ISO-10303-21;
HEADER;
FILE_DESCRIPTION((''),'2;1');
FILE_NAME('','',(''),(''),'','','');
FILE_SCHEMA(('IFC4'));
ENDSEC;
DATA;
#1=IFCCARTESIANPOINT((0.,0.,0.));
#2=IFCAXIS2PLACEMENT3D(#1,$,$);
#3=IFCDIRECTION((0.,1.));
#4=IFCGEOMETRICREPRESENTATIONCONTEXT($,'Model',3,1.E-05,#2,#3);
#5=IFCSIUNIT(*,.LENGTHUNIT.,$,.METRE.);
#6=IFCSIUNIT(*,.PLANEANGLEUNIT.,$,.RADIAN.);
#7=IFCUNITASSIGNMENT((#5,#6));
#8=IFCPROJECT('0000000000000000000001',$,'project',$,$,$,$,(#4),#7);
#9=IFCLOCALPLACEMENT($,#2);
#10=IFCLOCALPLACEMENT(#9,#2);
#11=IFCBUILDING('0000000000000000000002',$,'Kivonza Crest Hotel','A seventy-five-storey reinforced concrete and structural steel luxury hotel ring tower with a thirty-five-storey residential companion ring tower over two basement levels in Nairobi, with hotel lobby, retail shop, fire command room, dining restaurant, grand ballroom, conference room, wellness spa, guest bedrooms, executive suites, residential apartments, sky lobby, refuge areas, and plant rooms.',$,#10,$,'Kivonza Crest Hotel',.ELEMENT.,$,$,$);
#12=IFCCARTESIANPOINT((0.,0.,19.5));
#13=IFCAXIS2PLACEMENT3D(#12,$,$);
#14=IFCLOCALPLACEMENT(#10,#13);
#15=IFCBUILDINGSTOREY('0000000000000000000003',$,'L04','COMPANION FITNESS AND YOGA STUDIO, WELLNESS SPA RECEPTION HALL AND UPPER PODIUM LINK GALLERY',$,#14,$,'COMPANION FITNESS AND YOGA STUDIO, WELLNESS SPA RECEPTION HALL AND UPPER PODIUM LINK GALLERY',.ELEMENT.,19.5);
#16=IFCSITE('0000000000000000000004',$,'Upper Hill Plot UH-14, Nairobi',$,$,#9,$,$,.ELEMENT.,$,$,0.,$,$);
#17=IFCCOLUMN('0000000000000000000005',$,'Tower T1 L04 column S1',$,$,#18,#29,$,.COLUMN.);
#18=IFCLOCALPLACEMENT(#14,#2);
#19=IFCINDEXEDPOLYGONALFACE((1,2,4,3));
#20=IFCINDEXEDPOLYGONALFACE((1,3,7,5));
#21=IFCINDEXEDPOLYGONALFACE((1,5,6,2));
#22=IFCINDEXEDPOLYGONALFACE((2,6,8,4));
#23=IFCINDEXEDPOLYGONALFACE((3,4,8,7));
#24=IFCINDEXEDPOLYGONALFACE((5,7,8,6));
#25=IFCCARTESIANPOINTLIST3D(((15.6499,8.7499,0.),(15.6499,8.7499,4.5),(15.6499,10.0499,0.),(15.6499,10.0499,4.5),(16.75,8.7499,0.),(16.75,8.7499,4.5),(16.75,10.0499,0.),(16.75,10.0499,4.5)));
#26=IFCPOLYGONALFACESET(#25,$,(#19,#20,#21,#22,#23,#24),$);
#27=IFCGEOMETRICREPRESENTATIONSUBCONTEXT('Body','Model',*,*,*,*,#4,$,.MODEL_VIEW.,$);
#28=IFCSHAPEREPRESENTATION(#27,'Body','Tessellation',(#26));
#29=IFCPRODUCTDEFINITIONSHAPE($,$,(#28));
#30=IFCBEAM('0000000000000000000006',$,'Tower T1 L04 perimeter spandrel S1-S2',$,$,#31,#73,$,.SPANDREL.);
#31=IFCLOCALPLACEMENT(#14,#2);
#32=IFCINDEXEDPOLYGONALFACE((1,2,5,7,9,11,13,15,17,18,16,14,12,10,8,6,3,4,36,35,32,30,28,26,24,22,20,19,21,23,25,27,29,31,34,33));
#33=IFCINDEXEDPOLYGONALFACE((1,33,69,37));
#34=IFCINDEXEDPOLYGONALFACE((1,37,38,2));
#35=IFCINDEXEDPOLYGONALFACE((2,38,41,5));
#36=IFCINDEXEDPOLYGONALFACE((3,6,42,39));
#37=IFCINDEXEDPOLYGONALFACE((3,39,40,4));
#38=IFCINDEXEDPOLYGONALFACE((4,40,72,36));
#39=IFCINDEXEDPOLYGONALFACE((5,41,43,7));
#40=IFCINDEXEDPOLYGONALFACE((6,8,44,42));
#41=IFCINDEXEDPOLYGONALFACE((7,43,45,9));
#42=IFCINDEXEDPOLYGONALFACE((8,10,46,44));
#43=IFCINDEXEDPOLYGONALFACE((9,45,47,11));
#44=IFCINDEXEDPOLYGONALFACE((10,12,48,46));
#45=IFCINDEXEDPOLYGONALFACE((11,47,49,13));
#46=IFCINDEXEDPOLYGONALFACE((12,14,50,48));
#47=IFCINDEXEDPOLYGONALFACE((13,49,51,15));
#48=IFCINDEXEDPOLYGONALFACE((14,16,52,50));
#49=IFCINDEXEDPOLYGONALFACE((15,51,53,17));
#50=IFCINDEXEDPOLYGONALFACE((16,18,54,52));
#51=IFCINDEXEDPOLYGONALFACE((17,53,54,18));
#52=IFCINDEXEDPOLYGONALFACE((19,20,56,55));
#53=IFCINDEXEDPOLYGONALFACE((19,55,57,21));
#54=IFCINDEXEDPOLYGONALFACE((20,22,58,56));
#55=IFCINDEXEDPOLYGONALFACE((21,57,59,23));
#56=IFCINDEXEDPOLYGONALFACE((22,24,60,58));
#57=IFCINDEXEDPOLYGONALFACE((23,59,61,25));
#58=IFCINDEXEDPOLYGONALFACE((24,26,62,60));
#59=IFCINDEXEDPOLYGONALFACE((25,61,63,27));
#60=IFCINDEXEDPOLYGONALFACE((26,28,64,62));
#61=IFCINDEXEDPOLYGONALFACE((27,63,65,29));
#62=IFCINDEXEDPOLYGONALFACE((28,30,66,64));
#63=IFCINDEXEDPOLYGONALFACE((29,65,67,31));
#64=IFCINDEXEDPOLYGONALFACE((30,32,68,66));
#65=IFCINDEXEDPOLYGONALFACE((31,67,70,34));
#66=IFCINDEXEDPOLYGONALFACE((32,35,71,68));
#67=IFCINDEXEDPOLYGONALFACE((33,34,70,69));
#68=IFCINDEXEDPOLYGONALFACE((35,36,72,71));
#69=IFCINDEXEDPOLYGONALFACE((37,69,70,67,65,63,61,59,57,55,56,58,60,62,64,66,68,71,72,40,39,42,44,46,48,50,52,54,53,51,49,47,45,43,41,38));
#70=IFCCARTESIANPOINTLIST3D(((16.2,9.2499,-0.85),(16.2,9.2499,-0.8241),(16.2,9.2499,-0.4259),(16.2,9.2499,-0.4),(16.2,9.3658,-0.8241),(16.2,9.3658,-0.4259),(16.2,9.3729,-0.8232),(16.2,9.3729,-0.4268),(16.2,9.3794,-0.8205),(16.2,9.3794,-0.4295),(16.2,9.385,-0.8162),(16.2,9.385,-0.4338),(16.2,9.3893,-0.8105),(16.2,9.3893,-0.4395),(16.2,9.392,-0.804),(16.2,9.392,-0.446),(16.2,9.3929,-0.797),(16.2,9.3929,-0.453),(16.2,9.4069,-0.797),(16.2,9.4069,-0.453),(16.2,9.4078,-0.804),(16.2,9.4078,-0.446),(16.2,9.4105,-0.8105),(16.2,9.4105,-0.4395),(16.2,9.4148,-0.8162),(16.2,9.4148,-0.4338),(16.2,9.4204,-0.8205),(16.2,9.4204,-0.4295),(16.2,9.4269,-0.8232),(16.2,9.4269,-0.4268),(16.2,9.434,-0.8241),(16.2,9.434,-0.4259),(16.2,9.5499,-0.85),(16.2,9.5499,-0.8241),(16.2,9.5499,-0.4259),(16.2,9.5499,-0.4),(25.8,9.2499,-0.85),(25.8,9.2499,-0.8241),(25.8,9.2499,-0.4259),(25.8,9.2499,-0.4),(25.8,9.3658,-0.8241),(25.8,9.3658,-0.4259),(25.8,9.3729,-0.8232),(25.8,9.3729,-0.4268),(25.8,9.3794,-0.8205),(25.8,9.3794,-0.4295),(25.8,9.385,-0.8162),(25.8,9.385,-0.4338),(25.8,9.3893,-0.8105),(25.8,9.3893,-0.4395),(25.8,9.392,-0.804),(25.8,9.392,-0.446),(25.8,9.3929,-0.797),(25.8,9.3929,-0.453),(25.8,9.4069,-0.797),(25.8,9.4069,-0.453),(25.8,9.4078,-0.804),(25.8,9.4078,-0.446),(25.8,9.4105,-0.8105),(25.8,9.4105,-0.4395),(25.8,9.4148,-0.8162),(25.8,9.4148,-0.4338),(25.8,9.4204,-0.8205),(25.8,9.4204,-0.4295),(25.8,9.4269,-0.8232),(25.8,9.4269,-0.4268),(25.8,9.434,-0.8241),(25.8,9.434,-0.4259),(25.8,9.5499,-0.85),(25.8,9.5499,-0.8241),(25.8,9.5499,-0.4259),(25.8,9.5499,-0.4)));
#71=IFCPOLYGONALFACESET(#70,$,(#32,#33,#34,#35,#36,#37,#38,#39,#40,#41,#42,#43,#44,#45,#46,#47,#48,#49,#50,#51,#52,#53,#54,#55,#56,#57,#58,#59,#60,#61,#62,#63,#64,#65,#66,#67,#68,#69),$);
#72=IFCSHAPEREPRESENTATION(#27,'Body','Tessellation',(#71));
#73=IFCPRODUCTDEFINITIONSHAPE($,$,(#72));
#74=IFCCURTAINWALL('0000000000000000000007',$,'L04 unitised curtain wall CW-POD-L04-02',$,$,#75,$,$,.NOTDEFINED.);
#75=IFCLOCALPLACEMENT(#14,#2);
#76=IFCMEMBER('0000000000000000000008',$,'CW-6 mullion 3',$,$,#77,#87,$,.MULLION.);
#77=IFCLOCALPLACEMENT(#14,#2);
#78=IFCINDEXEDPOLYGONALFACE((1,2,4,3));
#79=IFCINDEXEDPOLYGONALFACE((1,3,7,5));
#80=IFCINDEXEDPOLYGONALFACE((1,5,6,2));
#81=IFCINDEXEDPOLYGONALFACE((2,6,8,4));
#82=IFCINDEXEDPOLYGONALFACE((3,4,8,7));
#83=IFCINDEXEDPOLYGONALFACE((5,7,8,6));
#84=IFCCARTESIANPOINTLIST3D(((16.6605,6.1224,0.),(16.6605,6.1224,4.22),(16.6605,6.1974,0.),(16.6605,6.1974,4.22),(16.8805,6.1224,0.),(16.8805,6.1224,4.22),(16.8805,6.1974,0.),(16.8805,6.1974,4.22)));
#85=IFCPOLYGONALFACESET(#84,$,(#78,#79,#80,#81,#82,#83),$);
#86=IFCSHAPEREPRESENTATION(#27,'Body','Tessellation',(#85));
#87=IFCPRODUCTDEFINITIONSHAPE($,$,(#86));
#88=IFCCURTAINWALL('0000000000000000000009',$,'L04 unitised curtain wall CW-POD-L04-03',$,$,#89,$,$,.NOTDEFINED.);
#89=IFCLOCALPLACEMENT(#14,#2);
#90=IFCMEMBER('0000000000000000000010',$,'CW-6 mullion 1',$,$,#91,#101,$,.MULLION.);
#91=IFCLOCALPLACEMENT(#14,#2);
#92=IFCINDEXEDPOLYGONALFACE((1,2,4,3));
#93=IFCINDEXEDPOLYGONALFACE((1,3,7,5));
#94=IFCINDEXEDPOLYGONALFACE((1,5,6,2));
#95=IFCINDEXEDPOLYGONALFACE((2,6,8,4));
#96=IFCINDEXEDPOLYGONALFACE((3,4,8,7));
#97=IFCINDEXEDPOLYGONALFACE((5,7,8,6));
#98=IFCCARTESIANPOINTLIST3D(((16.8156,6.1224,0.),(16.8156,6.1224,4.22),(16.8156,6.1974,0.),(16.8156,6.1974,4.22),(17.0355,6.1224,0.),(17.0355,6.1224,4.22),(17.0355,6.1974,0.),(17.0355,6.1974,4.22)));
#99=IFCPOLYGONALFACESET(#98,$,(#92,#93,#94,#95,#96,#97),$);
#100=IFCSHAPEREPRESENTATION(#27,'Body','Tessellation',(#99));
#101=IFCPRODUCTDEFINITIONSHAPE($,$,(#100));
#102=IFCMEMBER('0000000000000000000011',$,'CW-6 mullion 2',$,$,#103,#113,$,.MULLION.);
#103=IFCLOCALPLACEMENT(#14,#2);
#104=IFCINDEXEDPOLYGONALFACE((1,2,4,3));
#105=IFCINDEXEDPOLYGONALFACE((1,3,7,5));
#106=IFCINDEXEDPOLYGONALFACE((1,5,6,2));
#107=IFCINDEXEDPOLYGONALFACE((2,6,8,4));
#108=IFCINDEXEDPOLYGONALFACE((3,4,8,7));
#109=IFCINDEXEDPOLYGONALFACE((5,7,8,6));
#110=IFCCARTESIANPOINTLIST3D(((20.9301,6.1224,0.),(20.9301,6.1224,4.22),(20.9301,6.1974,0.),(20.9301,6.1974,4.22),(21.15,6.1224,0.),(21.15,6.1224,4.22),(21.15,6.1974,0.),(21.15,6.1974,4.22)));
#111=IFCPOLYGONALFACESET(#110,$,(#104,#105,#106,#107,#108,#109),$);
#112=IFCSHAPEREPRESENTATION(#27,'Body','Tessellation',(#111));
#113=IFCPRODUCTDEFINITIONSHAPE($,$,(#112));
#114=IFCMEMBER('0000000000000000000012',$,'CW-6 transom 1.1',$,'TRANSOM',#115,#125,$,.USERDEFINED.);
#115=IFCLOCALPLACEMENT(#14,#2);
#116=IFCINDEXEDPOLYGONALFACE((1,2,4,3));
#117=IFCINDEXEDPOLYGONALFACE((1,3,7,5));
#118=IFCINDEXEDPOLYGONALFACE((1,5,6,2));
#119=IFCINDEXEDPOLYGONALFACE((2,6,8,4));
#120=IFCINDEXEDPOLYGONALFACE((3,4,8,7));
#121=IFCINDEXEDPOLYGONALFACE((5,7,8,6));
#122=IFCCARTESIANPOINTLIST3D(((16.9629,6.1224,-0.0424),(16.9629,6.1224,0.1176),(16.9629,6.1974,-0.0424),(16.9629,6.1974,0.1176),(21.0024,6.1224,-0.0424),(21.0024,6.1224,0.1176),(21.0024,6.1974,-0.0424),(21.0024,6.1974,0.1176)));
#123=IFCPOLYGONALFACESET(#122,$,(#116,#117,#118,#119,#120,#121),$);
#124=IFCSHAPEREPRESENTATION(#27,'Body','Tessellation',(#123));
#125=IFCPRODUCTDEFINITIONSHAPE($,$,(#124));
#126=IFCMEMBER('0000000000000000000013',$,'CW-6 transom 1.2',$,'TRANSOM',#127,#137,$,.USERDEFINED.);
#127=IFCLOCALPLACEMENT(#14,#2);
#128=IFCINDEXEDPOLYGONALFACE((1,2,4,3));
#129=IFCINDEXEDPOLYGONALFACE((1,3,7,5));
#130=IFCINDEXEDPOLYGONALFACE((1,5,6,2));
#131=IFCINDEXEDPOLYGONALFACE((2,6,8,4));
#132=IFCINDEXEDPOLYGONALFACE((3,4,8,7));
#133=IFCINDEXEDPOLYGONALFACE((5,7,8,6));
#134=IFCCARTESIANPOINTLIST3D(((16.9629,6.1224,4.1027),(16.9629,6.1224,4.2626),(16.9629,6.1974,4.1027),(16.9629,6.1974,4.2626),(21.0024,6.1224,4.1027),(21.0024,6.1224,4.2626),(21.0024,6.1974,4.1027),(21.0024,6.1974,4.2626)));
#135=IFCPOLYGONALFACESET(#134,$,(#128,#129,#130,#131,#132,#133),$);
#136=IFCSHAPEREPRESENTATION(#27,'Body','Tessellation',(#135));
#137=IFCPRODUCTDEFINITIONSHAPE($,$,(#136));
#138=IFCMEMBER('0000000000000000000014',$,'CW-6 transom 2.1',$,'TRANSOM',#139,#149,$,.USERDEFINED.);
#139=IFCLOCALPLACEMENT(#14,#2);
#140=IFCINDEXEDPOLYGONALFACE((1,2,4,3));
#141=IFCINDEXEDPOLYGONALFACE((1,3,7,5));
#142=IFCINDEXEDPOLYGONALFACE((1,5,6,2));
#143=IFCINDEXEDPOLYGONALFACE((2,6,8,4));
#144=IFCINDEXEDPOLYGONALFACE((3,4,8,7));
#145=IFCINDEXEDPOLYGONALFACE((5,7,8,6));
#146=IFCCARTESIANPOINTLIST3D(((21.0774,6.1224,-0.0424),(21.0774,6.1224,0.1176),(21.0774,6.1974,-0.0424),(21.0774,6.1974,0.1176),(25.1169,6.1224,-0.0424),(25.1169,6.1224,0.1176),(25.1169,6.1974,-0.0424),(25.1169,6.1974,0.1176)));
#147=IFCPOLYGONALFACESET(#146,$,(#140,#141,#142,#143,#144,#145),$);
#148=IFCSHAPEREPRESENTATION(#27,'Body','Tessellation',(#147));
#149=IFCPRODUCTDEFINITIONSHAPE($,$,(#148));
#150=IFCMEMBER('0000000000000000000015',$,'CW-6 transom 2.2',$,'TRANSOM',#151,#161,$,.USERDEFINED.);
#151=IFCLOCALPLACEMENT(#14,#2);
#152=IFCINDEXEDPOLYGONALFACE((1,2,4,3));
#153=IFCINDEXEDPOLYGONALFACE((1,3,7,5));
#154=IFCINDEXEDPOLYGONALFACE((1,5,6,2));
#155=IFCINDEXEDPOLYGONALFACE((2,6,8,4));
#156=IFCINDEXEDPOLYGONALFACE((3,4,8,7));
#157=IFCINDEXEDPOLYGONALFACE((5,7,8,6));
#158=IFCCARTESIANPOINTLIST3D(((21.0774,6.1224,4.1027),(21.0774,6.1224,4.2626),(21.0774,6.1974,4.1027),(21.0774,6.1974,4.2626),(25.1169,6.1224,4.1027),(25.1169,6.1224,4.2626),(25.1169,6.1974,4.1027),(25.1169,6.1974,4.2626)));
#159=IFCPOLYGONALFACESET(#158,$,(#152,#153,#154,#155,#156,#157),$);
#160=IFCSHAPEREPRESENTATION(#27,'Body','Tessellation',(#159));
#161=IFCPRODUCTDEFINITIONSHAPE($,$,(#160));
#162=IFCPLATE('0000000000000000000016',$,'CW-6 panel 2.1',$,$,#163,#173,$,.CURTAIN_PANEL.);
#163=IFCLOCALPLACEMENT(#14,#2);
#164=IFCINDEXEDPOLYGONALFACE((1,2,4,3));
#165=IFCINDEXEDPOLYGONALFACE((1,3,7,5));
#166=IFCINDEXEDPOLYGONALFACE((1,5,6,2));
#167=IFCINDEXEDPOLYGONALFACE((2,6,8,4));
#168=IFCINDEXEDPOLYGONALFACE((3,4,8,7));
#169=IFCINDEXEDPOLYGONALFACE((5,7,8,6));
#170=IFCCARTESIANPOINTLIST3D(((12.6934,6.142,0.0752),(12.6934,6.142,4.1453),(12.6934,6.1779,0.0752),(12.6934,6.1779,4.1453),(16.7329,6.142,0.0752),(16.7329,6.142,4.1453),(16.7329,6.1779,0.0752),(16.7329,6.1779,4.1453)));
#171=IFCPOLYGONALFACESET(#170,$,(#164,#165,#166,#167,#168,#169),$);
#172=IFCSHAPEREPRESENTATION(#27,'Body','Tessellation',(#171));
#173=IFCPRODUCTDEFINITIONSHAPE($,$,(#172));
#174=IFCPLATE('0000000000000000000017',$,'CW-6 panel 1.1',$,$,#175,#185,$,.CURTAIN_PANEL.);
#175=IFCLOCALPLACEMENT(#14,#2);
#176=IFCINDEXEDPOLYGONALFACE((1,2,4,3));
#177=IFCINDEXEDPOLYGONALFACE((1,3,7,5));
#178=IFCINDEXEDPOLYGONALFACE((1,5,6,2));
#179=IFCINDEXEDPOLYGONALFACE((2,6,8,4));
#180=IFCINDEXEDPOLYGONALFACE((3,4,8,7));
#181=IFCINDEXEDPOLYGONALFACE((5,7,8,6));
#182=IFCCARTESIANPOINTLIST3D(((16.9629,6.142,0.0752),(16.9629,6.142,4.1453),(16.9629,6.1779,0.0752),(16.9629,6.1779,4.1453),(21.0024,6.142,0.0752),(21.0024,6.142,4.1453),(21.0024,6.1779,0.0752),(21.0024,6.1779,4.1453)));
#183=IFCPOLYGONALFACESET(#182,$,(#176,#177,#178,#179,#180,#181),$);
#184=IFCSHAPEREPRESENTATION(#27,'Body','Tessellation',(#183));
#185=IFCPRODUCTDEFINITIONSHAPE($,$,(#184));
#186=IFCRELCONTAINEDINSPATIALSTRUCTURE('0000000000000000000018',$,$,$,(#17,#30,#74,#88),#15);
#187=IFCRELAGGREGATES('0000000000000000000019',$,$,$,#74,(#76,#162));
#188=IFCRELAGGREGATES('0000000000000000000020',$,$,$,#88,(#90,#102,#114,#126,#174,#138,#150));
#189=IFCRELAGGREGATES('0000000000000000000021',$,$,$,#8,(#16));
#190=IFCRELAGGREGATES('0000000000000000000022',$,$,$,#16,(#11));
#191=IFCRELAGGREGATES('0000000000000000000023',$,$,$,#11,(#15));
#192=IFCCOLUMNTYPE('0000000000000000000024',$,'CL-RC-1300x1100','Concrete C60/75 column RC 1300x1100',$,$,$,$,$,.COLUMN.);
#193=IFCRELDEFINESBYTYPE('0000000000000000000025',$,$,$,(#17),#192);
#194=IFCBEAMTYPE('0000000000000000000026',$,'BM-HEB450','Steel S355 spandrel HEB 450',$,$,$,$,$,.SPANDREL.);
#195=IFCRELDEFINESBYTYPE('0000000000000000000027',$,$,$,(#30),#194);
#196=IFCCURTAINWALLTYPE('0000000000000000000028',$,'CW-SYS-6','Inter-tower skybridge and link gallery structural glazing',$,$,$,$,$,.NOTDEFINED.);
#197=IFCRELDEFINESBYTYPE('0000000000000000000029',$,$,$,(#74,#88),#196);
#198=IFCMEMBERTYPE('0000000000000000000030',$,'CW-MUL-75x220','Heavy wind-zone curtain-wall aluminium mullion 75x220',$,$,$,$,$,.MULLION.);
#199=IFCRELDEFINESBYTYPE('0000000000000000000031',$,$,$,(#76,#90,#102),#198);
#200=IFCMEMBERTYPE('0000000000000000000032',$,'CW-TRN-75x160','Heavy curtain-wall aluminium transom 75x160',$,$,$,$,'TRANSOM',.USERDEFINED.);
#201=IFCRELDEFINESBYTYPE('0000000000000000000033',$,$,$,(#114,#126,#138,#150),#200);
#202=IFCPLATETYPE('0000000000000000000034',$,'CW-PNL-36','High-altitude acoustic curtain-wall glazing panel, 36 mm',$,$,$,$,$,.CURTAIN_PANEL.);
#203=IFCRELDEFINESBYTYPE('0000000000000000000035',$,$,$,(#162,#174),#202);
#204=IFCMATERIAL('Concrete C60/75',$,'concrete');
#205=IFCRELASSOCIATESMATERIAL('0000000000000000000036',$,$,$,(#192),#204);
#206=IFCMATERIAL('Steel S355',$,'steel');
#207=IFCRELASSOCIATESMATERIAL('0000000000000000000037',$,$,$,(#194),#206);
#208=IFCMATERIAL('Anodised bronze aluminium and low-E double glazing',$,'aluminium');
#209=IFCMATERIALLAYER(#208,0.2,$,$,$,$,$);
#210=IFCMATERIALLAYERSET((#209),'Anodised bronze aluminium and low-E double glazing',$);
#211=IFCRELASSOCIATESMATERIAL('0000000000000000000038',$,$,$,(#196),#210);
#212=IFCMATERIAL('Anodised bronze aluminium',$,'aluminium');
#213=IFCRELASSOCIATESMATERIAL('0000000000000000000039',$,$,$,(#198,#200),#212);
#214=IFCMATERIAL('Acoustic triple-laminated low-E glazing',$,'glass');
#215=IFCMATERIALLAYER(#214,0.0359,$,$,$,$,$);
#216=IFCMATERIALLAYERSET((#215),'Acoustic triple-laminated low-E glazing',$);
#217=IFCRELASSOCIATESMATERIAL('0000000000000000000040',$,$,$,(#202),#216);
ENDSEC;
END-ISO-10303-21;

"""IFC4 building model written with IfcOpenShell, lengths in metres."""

from ifc_helpers import new_model, si_unit, direction, frame, origin, origin_2d, place, context, subcontext, project, spatial, rectangle, i_section, extrude, material, layer, layer_set, material_profile, profile_set, type_object, element, aggregate, save


model = new_model("IFC4")

# Units and contexts
model_context = context("Model", 3, precision=1e-05, world=origin(), true_north=direction((0.0, 1.0)))
body_context = subcontext(model_context, "Body", "Model", "MODEL_VIEW")
ifc_project = project(units=[si_unit("LENGTHUNIT", "METRE"), si_unit("PLANEANGLEUNIT", "RADIAN")], contexts=[model_context])

# Site, building, storey
site_placement = place(None, origin())
site = spatial("IfcSite", under=ifc_project, at=site_placement, Name="Upper Hill Plot UH-14, Nairobi", CompositionType="ELEMENT", RefElevation=0.0)
building_placement = place(site_placement, origin())
building = spatial("IfcBuilding", under=site, at=building_placement, Name="Kivonza Crest Hotel", Description="A seventy-five-storey reinforced concrete and structural steel luxury hotel ring tower with a thirty-five-storey residential companion ring tower over two basement levels in Nairobi, with hotel lobby, retail shop, fire command room, dining restaurant, grand ballroom, conference room, wellness spa, guest bedrooms, executive suites, residential apartments, sky lobby, refuge areas, and plant rooms.", LongName="Kivonza Crest Hotel", CompositionType="ELEMENT")
storey_placement = place(building_placement, frame((0.0, 0.0, 19.5)))
storey = spatial("IfcBuildingStorey", under=building, at=storey_placement, Name="L04", Description="COMPANION FITNESS AND YOGA STUDIO, WELLNESS SPA RECEPTION HALL AND UPPER PODIUM LINK GALLERY", LongName="COMPANION FITNESS AND YOGA STUDIO, WELLNESS SPA RECEPTION HALL AND UPPER PODIUM LINK GALLERY", CompositionType="ELEMENT", Elevation=19.5)

# Column
ifc_material_1 = material(Name="Concrete C60/75", Category="concrete")
ifc_material_profile_1 = material_profile(ifc_material_1, rectangle(XDim=1.1001, YDim=1.3, at=origin_2d()), Name="RC 1300x1100")
ifc_profile_set_1 = profile_set([ifc_material_profile_1], Name="Concrete C60/75")
column_type = type_object("IfcColumnType", Name="CL-RC-1300x1100", Description="Concrete C60/75 column RC 1300x1100", PredefinedType="COLUMN", material=ifc_profile_set_1)
column_placement = place(storey_placement, frame((16.2, 9.3999, 0.0), z_axis=(0.0, 0.0, 1.0), x_axis=(1.0, 0.0, 0.0)))
element("IfcColumn", 1, at=column_placement, inside=storey, type_object=column_type, Name="Tower T1 L04 column S1", PredefinedType="COLUMN", context=body_context, shape_type="SweptSolid", body=[
    extrude(rectangle(XDim=1.1001, YDim=1.3, at=origin_2d()), origin(), (0.0, 0.0, 1.0), 4.5),
])

# Beam
ifc_material_2 = material(Name="Steel S355", Category="steel")
ifc_material_profile_2 = material_profile(ifc_material_2, i_section(OverallWidth=0.3, OverallDepth=0.45, WebThickness=0.0139, FlangeThickness=0.0259, FilletRadius=0.0271, at=origin_2d()), Name="HEB 450")
ifc_profile_set_2 = profile_set([ifc_material_profile_2], Name="Steel S355")
beam_type = type_object("IfcBeamType", Name="BM-HEB450", Description="Steel S355 spandrel HEB 450", PredefinedType="SPANDREL", material=ifc_profile_set_2)
beam_placement = place(storey_placement, frame((16.2, 9.3999, -0.625), z_axis=(1.0, 0.0, 0.0), x_axis=(0.0, 1.0, 0.0)))
element("IfcBeam", 2, at=beam_placement, inside=storey, type_object=beam_type, Name="Tower T1 L04 perimeter spandrel S1-S2", PredefinedType="SPANDREL", context=body_context, shape_type="SweptSolid", body=[
    extrude(i_section(OverallWidth=0.3, OverallDepth=0.45, WebThickness=0.0139, FlangeThickness=0.0259, FilletRadius=0.0271, at=origin_2d()), origin(), (0.0, 0.0, 1.0), 9.6001),
])

# Curtain wall, member
ifc_material_3 = material(Name="Anodised bronze aluminium and low-E double glazing", Category="aluminium")
ifc_layer_1 = layer(ifc_material_3, 0.2)
ifc_layer_set_1 = layer_set([ifc_layer_1], Name="Anodised bronze aluminium and low-E double glazing")
curtain_wall_type = type_object("IfcCurtainWallType", Name="CW-SYS-6", Description="Inter-tower skybridge and link gallery structural glazing", PredefinedType="NOTDEFINED", material=ifc_layer_set_1)
curtain_wall_1_placement = place(storey_placement, origin())
curtain_wall_1 = element("IfcCurtainWall", 3, at=curtain_wall_1_placement, inside=storey, type_object=curtain_wall_type, Name="L04 unitised curtain wall CW-POD-L04-02", PredefinedType="NOTDEFINED")
ifc_material_4 = material(Name="Anodised bronze aluminium", Category="aluminium")
ifc_material_profile_3 = material_profile(ifc_material_4, rectangle(XDim=0.075, YDim=0.22, at=origin_2d()), Name="CW-M 75x220")
ifc_profile_set_3 = profile_set([ifc_material_profile_3], Name="Anodised bronze aluminium")
member_type_1 = type_object("IfcMemberType", Name="CW-MUL-75x220", Description="Heavy wind-zone curtain-wall aluminium mullion 75x220", PredefinedType="MULLION", material=ifc_profile_set_3)
member_1_placement = place(storey_placement, frame((16.7705, 6.1599, 0.0), z_axis=(0.0, 0.0, 1.0), x_axis=(0.0, 1.0, 0.0)))
member_1 = element("IfcMember", 4, at=member_1_placement, type_object=member_type_1, Name="CW-6 mullion 3", PredefinedType="MULLION", context=body_context, shape_type="SweptSolid", body=[
    extrude(rectangle(XDim=0.075, YDim=0.22, at=origin_2d()), origin(), (0.0, 0.0, 1.0), 4.22),
])

# Curtain wall, members
curtain_wall_2_placement = place(storey_placement, origin())
curtain_wall_2 = element("IfcCurtainWall", 5, at=curtain_wall_2_placement, inside=storey, type_object=curtain_wall_type, Name="L04 unitised curtain wall CW-POD-L04-03", PredefinedType="NOTDEFINED")
member_2_placement = place(storey_placement, frame((16.9255, 6.1599, 0.0), z_axis=(0.0, 0.0, 1.0), x_axis=(0.0, 1.0, 0.0)))
member_2 = element("IfcMember", 6, at=member_2_placement, type_object=member_type_1, Name="CW-6 mullion 1", PredefinedType="MULLION", context=body_context, shape_type="SweptSolid", body=[
    extrude(rectangle(XDim=0.075, YDim=0.22, at=origin_2d()), origin(), (0.0, 0.0, 1.0), 4.22),
])
member_3_placement = place(storey_placement, frame((21.04, 6.1599, 0.0), z_axis=(0.0, 0.0, 1.0), x_axis=(0.0, 1.0, 0.0)))
member_3 = element("IfcMember", 7, at=member_3_placement, type_object=member_type_1, Name="CW-6 mullion 2", PredefinedType="MULLION", context=body_context, shape_type="SweptSolid", body=[
    extrude(rectangle(XDim=0.075, YDim=0.22, at=origin_2d()), origin(), (0.0, 0.0, 1.0), 4.22),
])
ifc_material_profile_4 = material_profile(ifc_material_4, rectangle(XDim=0.075, YDim=0.1599, at=origin_2d()), Name="CW-T 75x160")
ifc_profile_set_4 = profile_set([ifc_material_profile_4], Name="Anodised bronze aluminium")
member_type_2 = type_object("IfcMemberType", Name="CW-TRN-75x160", Description="Heavy curtain-wall aluminium transom 75x160", ElementType="TRANSOM", PredefinedType="USERDEFINED", material=ifc_profile_set_4)
member_4_placement = place(storey_placement, frame((16.9629, 6.1599, 0.0376), z_axis=(1.0, 0.0, 0.0), x_axis=(0.0, 1.0, 0.0)))
member_4 = element("IfcMember", 8, at=member_4_placement, type_object=member_type_2, Name="CW-6 transom 1.1", ObjectType="TRANSOM", PredefinedType="USERDEFINED", context=body_context, shape_type="SweptSolid", body=[
    extrude(rectangle(XDim=0.075, YDim=0.1599, at=origin_2d()), origin(), (0.0, 0.0, 1.0), 4.0396),
])
member_5_placement = place(storey_placement, frame((16.9629, 6.1599, 4.1826), z_axis=(1.0, 0.0, 0.0), x_axis=(0.0, 1.0, 0.0)))
member_5 = element("IfcMember", 9, at=member_5_placement, type_object=member_type_2, Name="CW-6 transom 1.2", ObjectType="TRANSOM", PredefinedType="USERDEFINED", context=body_context, shape_type="SweptSolid", body=[
    extrude(rectangle(XDim=0.075, YDim=0.1599, at=origin_2d()), origin(), (0.0, 0.0, 1.0), 4.0396),
])
member_6_placement = place(storey_placement, frame((21.0774, 6.1599, 0.0376), z_axis=(1.0, 0.0, 0.0), x_axis=(0.0, 1.0, 0.0)))
member_6 = element("IfcMember", 10, at=member_6_placement, type_object=member_type_2, Name="CW-6 transom 2.1", ObjectType="TRANSOM", PredefinedType="USERDEFINED", context=body_context, shape_type="SweptSolid", body=[
    extrude(rectangle(XDim=0.075, YDim=0.1599, at=origin_2d()), origin(), (0.0, 0.0, 1.0), 4.0396),
])
member_7_placement = place(storey_placement, frame((21.0774, 6.1599, 4.1826), z_axis=(1.0, 0.0, 0.0), x_axis=(0.0, 1.0, 0.0)))
member_7 = element("IfcMember", 11, at=member_7_placement, type_object=member_type_2, Name="CW-6 transom 2.2", ObjectType="TRANSOM", PredefinedType="USERDEFINED", context=body_context, shape_type="SweptSolid", body=[
    extrude(rectangle(XDim=0.075, YDim=0.1599, at=origin_2d()), origin(), (0.0, 0.0, 1.0), 4.0396),
])

# Plates
ifc_material_5 = material(Name="Acoustic triple-laminated low-E glazing", Category="glass")
ifc_layer_2 = layer(ifc_material_5, 0.0359)
ifc_layer_set_2 = layer_set([ifc_layer_2], Name="Acoustic triple-laminated low-E glazing")
plate_type = type_object("IfcPlateType", Name="CW-PNL-36", Description="High-altitude acoustic curtain-wall glazing panel, 36 mm", PredefinedType="CURTAIN_PANEL", material=ifc_layer_set_2)
plate_1_placement = place(storey_placement, frame((14.7131, 6.1599, 0.0752), z_axis=(0.0, 0.0, 1.0), x_axis=(1.0, 0.0, 0.0)))
plate_1 = element("IfcPlate", 12, at=plate_1_placement, type_object=plate_type, Name="CW-6 panel 2.1", PredefinedType="CURTAIN_PANEL", context=body_context, shape_type="SweptSolid", body=[
    extrude(rectangle(XDim=4.0396, YDim=0.0359, at=origin_2d()), origin(), (0.0, 0.0, 1.0), 4.0701),
])
aggregate(curtain_wall_1, [member_1, plate_1])
plate_2_placement = place(storey_placement, frame((18.9827, 6.1599, 0.0752), z_axis=(0.0, 0.0, 1.0), x_axis=(1.0, 0.0, 0.0)))
plate_2 = element("IfcPlate", 13, at=plate_2_placement, type_object=plate_type, Name="CW-6 panel 1.1", PredefinedType="CURTAIN_PANEL", context=body_context, shape_type="SweptSolid", body=[
    extrude(rectangle(XDim=4.0396, YDim=0.0359, at=origin_2d()), origin(), (0.0, 0.0, 1.0), 4.0701),
])
aggregate(curtain_wall_2, [member_2, member_3, member_4, member_5, plate_2, member_6, member_7])

save(model, "model.ifc")
